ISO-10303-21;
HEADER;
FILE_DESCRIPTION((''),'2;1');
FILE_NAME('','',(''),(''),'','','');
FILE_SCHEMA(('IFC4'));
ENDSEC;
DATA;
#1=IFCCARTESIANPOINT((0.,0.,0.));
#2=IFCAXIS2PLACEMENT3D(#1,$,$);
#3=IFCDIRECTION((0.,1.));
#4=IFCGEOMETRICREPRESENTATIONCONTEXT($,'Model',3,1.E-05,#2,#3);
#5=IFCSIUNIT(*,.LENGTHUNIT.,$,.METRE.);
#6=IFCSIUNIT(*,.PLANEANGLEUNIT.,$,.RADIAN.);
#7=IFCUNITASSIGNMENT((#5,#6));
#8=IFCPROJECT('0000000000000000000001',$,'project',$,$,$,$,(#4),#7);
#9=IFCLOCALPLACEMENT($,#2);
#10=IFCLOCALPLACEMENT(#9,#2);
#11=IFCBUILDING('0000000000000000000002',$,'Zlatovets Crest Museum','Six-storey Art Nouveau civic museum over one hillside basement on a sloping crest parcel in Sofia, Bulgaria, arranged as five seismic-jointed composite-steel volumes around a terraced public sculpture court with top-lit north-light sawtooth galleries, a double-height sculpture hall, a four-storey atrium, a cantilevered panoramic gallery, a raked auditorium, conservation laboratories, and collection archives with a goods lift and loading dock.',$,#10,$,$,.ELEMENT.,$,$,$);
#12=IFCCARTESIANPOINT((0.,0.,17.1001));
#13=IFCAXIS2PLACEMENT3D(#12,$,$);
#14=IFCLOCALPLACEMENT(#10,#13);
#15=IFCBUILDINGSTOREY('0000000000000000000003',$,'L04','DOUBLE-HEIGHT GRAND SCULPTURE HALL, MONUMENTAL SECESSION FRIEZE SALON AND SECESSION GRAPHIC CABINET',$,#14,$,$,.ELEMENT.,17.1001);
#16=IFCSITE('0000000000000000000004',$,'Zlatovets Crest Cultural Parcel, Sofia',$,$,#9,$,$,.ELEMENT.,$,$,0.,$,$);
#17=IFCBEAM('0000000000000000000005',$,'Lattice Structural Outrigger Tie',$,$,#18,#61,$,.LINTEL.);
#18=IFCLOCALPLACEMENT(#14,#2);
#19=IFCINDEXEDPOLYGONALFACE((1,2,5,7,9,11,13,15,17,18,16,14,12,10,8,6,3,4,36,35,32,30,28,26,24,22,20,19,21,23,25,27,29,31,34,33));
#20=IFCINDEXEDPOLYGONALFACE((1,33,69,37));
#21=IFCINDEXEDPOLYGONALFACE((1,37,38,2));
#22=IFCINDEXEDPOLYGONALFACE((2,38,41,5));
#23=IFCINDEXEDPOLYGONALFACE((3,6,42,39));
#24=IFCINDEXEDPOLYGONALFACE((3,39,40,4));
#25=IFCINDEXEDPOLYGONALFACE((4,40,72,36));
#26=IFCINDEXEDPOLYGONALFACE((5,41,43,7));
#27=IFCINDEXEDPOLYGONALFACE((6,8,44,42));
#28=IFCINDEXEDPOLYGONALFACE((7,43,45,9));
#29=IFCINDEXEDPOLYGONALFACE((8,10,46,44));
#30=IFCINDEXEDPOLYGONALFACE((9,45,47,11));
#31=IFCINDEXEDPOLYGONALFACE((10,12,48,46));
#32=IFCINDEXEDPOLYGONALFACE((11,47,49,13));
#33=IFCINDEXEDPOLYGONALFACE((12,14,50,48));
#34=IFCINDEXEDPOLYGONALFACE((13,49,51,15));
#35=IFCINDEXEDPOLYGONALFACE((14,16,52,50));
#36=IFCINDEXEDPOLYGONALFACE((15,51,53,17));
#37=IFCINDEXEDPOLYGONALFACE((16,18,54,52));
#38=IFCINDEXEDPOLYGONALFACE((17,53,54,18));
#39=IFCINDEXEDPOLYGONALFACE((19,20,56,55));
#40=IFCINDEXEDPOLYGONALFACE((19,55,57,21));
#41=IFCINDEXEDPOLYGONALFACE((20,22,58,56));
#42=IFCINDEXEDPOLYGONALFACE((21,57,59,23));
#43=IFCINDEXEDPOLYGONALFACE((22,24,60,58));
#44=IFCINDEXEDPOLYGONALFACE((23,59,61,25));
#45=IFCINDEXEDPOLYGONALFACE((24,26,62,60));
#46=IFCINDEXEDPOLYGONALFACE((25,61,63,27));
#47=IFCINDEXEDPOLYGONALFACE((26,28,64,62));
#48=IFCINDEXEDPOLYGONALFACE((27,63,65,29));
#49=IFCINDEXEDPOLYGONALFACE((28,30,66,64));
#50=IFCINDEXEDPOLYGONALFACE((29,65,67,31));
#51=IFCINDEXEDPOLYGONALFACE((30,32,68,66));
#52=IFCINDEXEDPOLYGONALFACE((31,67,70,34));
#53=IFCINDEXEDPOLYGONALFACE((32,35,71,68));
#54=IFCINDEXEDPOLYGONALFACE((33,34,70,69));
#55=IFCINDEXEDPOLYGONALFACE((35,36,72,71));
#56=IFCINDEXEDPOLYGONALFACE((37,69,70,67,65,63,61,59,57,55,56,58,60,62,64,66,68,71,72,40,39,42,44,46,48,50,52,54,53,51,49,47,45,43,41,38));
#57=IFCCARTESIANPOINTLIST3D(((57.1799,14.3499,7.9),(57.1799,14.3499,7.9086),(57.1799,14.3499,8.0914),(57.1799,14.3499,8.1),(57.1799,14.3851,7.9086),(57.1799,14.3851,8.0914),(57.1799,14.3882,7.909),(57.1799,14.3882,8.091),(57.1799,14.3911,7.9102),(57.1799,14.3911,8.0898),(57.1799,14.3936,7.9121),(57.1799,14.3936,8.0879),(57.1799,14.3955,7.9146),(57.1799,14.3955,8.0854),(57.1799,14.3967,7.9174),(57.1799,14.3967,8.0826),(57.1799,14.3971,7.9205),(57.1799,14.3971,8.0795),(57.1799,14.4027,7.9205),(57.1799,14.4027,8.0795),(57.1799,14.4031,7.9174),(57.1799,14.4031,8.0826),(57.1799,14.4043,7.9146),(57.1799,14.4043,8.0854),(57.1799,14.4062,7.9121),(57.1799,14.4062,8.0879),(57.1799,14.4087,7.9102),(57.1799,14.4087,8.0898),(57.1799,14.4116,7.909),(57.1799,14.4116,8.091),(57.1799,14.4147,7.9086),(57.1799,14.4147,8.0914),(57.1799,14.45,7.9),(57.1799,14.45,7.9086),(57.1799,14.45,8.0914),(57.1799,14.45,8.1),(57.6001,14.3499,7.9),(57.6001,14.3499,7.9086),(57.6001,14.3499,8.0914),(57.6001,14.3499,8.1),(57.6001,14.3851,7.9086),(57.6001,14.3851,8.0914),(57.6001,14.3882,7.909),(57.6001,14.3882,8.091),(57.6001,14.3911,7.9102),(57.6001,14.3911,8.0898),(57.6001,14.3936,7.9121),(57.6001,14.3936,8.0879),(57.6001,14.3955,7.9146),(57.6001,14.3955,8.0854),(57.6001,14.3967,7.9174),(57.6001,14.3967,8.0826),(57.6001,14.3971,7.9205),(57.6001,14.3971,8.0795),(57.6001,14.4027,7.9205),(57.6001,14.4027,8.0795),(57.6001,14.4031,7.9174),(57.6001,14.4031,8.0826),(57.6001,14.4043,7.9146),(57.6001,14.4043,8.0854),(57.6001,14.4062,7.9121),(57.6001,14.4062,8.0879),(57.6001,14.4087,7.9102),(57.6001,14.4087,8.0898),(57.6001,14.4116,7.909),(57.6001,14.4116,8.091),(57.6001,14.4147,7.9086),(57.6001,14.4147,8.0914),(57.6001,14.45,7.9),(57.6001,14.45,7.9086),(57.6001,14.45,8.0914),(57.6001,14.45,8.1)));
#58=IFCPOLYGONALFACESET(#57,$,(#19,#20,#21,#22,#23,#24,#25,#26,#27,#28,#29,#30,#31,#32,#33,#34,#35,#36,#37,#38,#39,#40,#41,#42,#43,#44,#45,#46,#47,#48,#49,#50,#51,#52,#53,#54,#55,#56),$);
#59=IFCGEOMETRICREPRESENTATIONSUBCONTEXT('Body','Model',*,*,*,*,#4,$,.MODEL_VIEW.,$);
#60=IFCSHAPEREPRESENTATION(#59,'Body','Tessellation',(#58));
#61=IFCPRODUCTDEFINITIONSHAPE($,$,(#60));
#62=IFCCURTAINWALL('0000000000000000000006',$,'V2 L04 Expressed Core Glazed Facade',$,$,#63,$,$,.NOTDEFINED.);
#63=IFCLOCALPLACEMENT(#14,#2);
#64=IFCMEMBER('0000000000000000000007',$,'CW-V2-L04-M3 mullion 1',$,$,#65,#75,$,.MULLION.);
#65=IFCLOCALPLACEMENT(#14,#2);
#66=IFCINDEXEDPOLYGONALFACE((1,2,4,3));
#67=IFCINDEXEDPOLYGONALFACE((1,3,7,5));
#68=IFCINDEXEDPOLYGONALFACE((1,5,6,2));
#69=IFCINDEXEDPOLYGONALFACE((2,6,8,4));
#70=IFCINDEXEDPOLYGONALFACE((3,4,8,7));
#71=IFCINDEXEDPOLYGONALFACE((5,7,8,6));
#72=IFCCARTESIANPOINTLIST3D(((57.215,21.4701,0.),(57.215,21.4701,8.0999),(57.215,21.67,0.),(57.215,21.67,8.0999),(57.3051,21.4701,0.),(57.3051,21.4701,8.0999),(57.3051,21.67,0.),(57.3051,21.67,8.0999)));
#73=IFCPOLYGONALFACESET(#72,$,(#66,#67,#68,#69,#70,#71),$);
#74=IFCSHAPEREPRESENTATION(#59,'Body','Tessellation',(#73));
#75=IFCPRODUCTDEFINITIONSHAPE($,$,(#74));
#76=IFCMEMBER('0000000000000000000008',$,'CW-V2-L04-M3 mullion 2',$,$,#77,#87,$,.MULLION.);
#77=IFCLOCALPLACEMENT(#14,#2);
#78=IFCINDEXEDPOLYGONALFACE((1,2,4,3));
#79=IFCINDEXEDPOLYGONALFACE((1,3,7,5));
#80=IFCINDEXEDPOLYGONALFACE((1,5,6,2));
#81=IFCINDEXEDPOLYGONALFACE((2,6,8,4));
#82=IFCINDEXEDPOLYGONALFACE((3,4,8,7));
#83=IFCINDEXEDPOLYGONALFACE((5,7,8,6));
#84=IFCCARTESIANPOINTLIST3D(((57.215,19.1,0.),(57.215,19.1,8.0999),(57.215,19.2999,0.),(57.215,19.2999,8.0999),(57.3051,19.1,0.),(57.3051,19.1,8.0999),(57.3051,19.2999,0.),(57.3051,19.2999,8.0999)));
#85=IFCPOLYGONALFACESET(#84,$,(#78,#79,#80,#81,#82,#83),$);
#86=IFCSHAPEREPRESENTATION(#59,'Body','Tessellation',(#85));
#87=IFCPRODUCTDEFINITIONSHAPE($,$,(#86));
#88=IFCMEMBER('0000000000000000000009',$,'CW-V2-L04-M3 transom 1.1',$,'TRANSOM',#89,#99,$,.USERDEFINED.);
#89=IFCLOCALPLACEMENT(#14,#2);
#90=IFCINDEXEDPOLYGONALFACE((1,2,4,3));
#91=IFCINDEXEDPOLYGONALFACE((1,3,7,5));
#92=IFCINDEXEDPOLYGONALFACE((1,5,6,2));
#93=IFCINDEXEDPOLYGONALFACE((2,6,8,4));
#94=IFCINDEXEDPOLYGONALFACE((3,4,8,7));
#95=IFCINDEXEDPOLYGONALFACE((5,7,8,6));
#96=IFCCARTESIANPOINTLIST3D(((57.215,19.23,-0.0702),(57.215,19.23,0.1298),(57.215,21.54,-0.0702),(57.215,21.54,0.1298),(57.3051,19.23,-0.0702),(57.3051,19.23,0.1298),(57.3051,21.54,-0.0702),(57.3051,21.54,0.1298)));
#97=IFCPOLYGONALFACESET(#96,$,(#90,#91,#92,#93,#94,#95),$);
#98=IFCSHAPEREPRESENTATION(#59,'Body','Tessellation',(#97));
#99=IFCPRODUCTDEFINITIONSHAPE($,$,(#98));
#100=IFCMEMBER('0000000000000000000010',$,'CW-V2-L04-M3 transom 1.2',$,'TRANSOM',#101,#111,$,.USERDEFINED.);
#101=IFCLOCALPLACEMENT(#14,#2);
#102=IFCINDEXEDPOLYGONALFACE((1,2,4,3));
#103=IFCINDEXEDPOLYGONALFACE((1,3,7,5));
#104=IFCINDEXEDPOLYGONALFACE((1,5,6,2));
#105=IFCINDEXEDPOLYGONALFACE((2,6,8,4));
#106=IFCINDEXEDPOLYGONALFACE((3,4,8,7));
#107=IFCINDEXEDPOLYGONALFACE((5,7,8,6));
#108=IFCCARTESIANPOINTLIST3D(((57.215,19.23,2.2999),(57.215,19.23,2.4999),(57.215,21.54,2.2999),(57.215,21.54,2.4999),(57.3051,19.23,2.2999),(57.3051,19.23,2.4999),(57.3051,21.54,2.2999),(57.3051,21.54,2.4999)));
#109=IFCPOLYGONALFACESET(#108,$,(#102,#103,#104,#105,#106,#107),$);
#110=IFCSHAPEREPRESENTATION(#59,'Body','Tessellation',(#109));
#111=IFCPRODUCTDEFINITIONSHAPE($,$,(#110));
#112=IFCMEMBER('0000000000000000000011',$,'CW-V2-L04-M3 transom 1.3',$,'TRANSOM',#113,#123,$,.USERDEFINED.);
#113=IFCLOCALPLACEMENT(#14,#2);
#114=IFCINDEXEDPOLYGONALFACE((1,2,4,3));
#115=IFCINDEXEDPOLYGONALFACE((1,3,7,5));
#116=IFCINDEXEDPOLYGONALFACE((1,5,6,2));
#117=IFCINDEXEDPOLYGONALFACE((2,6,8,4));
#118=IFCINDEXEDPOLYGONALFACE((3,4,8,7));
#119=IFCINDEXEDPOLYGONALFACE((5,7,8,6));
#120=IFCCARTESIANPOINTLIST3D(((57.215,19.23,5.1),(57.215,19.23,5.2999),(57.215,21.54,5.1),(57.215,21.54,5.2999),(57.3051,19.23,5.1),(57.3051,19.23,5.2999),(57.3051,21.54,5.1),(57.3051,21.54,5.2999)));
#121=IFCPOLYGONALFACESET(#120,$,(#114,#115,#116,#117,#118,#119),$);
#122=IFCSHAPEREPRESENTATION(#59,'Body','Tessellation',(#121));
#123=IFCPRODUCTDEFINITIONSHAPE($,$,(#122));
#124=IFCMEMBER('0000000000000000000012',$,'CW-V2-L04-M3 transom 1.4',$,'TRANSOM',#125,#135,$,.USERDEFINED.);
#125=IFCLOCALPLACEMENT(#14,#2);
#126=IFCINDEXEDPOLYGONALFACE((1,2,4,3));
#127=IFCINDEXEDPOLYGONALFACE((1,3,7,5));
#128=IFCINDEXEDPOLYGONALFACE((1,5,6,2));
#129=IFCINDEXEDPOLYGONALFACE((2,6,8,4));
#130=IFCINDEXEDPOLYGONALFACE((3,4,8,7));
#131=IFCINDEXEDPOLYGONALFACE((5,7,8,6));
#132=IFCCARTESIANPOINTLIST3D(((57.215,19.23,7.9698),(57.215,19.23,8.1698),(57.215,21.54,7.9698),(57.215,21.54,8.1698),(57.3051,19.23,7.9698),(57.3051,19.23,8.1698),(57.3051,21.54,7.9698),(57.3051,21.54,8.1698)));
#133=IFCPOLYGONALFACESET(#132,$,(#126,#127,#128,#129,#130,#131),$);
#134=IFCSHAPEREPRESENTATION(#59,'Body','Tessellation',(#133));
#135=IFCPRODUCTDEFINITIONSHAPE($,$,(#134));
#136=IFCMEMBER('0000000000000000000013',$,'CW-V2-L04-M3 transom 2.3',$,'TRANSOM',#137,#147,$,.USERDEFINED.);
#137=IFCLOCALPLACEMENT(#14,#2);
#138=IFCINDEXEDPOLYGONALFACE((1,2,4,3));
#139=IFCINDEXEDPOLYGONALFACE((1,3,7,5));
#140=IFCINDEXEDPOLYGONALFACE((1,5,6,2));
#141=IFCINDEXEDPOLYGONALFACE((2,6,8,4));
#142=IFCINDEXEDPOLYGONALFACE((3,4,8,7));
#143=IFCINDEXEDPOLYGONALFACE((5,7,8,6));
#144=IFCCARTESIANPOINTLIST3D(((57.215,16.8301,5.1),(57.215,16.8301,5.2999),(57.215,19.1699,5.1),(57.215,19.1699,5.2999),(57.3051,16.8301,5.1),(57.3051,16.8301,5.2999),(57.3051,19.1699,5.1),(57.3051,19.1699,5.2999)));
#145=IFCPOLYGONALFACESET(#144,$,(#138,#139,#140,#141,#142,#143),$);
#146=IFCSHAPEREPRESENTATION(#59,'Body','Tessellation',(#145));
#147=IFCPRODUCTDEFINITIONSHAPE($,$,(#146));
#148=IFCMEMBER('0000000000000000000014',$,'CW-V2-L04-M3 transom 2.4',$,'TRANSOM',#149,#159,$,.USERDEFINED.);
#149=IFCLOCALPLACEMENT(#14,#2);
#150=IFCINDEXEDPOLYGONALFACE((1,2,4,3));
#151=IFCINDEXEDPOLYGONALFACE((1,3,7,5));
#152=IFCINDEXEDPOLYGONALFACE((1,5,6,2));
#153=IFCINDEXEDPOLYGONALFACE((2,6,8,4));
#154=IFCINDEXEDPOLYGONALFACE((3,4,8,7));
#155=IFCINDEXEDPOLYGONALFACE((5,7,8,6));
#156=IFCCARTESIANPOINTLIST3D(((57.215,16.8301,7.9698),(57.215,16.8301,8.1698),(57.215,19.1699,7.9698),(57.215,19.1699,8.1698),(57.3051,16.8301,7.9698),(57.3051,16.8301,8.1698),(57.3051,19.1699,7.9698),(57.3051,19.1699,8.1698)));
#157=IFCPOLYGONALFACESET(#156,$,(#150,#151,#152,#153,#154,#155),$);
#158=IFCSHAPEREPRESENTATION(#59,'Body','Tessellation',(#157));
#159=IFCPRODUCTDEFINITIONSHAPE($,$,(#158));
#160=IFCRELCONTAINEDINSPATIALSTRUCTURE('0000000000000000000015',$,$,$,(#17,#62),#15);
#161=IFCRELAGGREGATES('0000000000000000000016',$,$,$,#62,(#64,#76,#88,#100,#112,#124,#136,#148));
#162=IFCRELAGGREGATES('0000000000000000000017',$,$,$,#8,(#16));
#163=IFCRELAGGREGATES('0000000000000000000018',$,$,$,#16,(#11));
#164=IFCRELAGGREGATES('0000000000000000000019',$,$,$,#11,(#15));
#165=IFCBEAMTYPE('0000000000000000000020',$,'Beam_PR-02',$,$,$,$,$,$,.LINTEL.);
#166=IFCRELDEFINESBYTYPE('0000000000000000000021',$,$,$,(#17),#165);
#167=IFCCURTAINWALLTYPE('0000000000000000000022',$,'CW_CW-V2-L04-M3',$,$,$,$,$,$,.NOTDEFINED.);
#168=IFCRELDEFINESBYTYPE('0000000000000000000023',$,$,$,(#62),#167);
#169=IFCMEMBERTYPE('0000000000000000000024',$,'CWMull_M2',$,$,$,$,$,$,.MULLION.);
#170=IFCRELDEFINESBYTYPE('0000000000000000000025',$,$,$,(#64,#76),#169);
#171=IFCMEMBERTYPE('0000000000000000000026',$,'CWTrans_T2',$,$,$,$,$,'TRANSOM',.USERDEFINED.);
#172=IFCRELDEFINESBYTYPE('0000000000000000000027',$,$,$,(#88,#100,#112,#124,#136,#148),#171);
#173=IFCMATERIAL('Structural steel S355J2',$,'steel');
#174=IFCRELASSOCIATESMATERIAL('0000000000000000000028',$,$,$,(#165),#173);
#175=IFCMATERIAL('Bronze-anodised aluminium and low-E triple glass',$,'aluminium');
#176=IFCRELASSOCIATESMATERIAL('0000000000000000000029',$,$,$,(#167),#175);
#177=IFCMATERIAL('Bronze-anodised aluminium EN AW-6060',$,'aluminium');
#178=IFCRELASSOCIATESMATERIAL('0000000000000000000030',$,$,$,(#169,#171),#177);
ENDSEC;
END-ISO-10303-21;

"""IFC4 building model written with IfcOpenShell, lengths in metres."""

from ifc_helpers import new_model, si_unit, direction, frame, origin, origin_2d, place, context, subcontext, project, spatial, rectangle, i_section, extrude, material, material_profile, profile_set, type_object, element, aggregate, save


model = new_model("IFC4")

# Units and contexts
model_context = context("Model", 3, precision=1e-05, world=origin(), true_north=direction((0.0, 1.0)))
body_context = subcontext(model_context, "Body", "Model", "MODEL_VIEW")
ifc_project = project(units=[si_unit("LENGTHUNIT", "METRE"), si_unit("PLANEANGLEUNIT", "RADIAN")], contexts=[model_context])

# Site, building, storey
site_placement = place(None, origin())
site = spatial("IfcSite", under=ifc_project, at=site_placement, Name="Zlatovets Crest Cultural Parcel, Sofia", CompositionType="ELEMENT", RefElevation=0.0)
building_placement = place(site_placement, origin())
building = spatial("IfcBuilding", under=site, at=building_placement, Name="Zlatovets Crest Museum", Description="Six-storey Art Nouveau civic museum over one hillside basement on a sloping crest parcel in Sofia, Bulgaria, arranged as five seismic-jointed composite-steel volumes around a terraced public sculpture court with top-lit north-light sawtooth galleries, a double-height sculpture hall, a four-storey atrium, a cantilevered panoramic gallery, a raked auditorium, conservation laboratories, and collection archives with a goods lift and loading dock.", CompositionType="ELEMENT")
storey_placement = place(building_placement, frame((0.0, 0.0, 17.1001)))
storey = spatial("IfcBuildingStorey", under=building, at=storey_placement, Name="L04", Description="DOUBLE-HEIGHT GRAND SCULPTURE HALL, MONUMENTAL SECESSION FRIEZE SALON AND SECESSION GRAPHIC CABINET", CompositionType="ELEMENT", Elevation=17.1001)

# Shared definitions
ifc_material_1 = material(Name="Structural steel S355J2", Category="steel")

# Beam
ifc_material_profile_1 = material_profile(ifc_material_1, i_section(OverallWidth=0.1001, OverallDepth=0.2, WebThickness=0.0056, FlangeThickness=0.0085, FilletRadius=0.012, at=origin_2d()), Name="IPE 200")
ifc_profile_set_1 = profile_set([ifc_material_profile_1], Name="Structural steel S355J2")
beam_type_1 = type_object("IfcBeamType", Name="Beam_PR-02", PredefinedType="LINTEL", material=ifc_profile_set_1)
for number, where, z_axis, x_axis, name in (
    (1, (57.6001, 14.3999, 8.0), (-1.0, 0.0, 0.0), (0.0, -1.0, 0.0), "Lattice Structural Outrigger Tie"),
):
    element("IfcBeam", number, at=place(storey_placement, frame(where, z_axis=z_axis, x_axis=x_axis)), inside=storey, type_object=beam_type_1, Name=name, PredefinedType="LINTEL", context=body_context, shape_type="SweptSolid", body=[
        extrude(i_section(OverallWidth=0.1001, OverallDepth=0.2, WebThickness=0.0056, FlangeThickness=0.0085, FilletRadius=0.012, at=origin_2d()), origin(), (0.0, 0.0, 1.0), 0.4202),
    ])

# Curtain wall, members
ifc_material_2 = material(Name="Bronze-anodised aluminium and low-E triple glass", Category="aluminium")
curtain_wall_type = type_object("IfcCurtainWallType", Name="CW_CW-V2-L04-M3", PredefinedType="NOTDEFINED", material=ifc_material_2)
curtain_wall_placement = place(storey_placement, origin())
curtain_wall = element("IfcCurtainWall", 2, at=curtain_wall_placement, inside=storey, type_object=curtain_wall_type, Name="V2 L04 Expressed Core Glazed Facade", PredefinedType="NOTDEFINED")
ifc_material_3 = material(Name="Bronze-anodised aluminium EN AW-6060", Category="aluminium")
ifc_material_profile_2 = material_profile(ifc_material_3, rectangle(XDim=0.0901, YDim=0.2, at=origin_2d()), Name="ALU 90x200")
ifc_profile_set_2 = profile_set([ifc_material_profile_2], Name="Bronze-anodised aluminium EN AW-6060")
member_type_1 = type_object("IfcMemberType", Name="CWMull_M2", PredefinedType="MULLION", material=ifc_profile_set_2)
member_1_placement = place(storey_placement, frame((57.26, 21.5701, 0.0), z_axis=(0.0, 0.0, 1.0), x_axis=(1.0, 0.0, 0.0)))
member_1 = element("IfcMember", 3, at=member_1_placement, type_object=member_type_1, Name="CW-V2-L04-M3 mullion 1", PredefinedType="MULLION", context=body_context, shape_type="SweptSolid", body=[
    extrude(rectangle(XDim=0.0901, YDim=0.2, at=origin_2d()), origin(), (0.0, 0.0, 1.0), 8.0999),
])
member_2_placement = place(storey_placement, frame((57.26, 19.2, 0.0), z_axis=(0.0, 0.0, 1.0), x_axis=(1.0, 0.0, 0.0)))
member_2 = element("IfcMember", 4, at=member_2_placement, type_object=member_type_1, Name="CW-V2-L04-M3 mullion 2", PredefinedType="MULLION", context=body_context, shape_type="SweptSolid", body=[
    extrude(rectangle(XDim=0.0901, YDim=0.2, at=origin_2d()), origin(), (0.0, 0.0, 1.0), 8.0999),
])
ifc_material_profile_3 = material_profile(ifc_material_3, rectangle(XDim=0.0901, YDim=0.2, at=origin_2d()), Name="ALU 90x200")
ifc_profile_set_3 = profile_set([ifc_material_profile_3], Name="Bronze-anodised aluminium EN AW-6060")
member_type_2 = type_object("IfcMemberType", Name="CWTrans_T2", ElementType="TRANSOM", PredefinedType="USERDEFINED", material=ifc_profile_set_3)
member_3_placement = place(storey_placement, frame((57.26, 21.54, 0.0298), z_axis=(0.0, -1.0, 0.0), x_axis=(1.0, 0.0, 0.0)))
member_3 = element("IfcMember", 5, at=member_3_placement, type_object=member_type_2, Name="CW-V2-L04-M3 transom 1.1", ObjectType="TRANSOM", PredefinedType="USERDEFINED", context=body_context, shape_type="SweptSolid", body=[
    extrude(rectangle(XDim=0.0901, YDim=0.2, at=origin_2d()), origin(), (0.0, 0.0, 1.0), 2.3101),
])
member_4_placement = place(storey_placement, frame((57.26, 21.54, 2.3999), z_axis=(0.0, -1.0, 0.0), x_axis=(1.0, 0.0, 0.0)))
member_4 = element("IfcMember", 6, at=member_4_placement, type_object=member_type_2, Name="CW-V2-L04-M3 transom 1.2", ObjectType="TRANSOM", PredefinedType="USERDEFINED", context=body_context, shape_type="SweptSolid", body=[
    extrude(rectangle(XDim=0.0901, YDim=0.2, at=origin_2d()), origin(), (0.0, 0.0, 1.0), 2.3101),
])
member_5_placement = place(storey_placement, frame((57.26, 21.54, 5.2), z_axis=(0.0, -1.0, 0.0), x_axis=(1.0, 0.0, 0.0)))
member_5 = element("IfcMember", 7, at=member_5_placement, type_object=member_type_2, Name="CW-V2-L04-M3 transom 1.3", ObjectType="TRANSOM", PredefinedType="USERDEFINED", context=body_context, shape_type="SweptSolid", body=[
    extrude(rectangle(XDim=0.0901, YDim=0.2, at=origin_2d()), origin(), (0.0, 0.0, 1.0), 2.3101),
])
member_6_placement = place(storey_placement, frame((57.26, 21.54, 8.0698), z_axis=(0.0, -1.0, 0.0), x_axis=(1.0, 0.0, 0.0)))
member_6 = element("IfcMember", 8, at=member_6_placement, type_object=member_type_2, Name="CW-V2-L04-M3 transom 1.4", ObjectType="TRANSOM", PredefinedType="USERDEFINED", context=body_context, shape_type="SweptSolid", body=[
    extrude(rectangle(XDim=0.0901, YDim=0.2, at=origin_2d()), origin(), (0.0, 0.0, 1.0), 2.3101),
])
member_7_placement = place(storey_placement, frame((57.26, 19.1699, 5.2), z_axis=(0.0, -1.0, 0.0), x_axis=(1.0, 0.0, 0.0)))
member_7 = element("IfcMember", 9, at=member_7_placement, type_object=member_type_2, Name="CW-V2-L04-M3 transom 2.3", ObjectType="TRANSOM", PredefinedType="USERDEFINED", context=body_context, shape_type="SweptSolid", body=[
    extrude(rectangle(XDim=0.0901, YDim=0.2, at=origin_2d()), origin(), (0.0, 0.0, 1.0), 2.3398),
])
member_8_placement = place(storey_placement, frame((57.26, 19.1699, 8.0698), z_axis=(0.0, -1.0, 0.0), x_axis=(1.0, 0.0, 0.0)))
member_8 = element("IfcMember", 10, at=member_8_placement, type_object=member_type_2, Name="CW-V2-L04-M3 transom 2.4", ObjectType="TRANSOM", PredefinedType="USERDEFINED", context=body_context, shape_type="SweptSolid", body=[
    extrude(rectangle(XDim=0.0901, YDim=0.2, at=origin_2d()), origin(), (0.0, 0.0, 1.0), 2.3398),
])

aggregate(curtain_wall, [member_1, member_2, member_3, member_4, member_5, member_6, member_7, member_8])

save(model, "model.ifc")
